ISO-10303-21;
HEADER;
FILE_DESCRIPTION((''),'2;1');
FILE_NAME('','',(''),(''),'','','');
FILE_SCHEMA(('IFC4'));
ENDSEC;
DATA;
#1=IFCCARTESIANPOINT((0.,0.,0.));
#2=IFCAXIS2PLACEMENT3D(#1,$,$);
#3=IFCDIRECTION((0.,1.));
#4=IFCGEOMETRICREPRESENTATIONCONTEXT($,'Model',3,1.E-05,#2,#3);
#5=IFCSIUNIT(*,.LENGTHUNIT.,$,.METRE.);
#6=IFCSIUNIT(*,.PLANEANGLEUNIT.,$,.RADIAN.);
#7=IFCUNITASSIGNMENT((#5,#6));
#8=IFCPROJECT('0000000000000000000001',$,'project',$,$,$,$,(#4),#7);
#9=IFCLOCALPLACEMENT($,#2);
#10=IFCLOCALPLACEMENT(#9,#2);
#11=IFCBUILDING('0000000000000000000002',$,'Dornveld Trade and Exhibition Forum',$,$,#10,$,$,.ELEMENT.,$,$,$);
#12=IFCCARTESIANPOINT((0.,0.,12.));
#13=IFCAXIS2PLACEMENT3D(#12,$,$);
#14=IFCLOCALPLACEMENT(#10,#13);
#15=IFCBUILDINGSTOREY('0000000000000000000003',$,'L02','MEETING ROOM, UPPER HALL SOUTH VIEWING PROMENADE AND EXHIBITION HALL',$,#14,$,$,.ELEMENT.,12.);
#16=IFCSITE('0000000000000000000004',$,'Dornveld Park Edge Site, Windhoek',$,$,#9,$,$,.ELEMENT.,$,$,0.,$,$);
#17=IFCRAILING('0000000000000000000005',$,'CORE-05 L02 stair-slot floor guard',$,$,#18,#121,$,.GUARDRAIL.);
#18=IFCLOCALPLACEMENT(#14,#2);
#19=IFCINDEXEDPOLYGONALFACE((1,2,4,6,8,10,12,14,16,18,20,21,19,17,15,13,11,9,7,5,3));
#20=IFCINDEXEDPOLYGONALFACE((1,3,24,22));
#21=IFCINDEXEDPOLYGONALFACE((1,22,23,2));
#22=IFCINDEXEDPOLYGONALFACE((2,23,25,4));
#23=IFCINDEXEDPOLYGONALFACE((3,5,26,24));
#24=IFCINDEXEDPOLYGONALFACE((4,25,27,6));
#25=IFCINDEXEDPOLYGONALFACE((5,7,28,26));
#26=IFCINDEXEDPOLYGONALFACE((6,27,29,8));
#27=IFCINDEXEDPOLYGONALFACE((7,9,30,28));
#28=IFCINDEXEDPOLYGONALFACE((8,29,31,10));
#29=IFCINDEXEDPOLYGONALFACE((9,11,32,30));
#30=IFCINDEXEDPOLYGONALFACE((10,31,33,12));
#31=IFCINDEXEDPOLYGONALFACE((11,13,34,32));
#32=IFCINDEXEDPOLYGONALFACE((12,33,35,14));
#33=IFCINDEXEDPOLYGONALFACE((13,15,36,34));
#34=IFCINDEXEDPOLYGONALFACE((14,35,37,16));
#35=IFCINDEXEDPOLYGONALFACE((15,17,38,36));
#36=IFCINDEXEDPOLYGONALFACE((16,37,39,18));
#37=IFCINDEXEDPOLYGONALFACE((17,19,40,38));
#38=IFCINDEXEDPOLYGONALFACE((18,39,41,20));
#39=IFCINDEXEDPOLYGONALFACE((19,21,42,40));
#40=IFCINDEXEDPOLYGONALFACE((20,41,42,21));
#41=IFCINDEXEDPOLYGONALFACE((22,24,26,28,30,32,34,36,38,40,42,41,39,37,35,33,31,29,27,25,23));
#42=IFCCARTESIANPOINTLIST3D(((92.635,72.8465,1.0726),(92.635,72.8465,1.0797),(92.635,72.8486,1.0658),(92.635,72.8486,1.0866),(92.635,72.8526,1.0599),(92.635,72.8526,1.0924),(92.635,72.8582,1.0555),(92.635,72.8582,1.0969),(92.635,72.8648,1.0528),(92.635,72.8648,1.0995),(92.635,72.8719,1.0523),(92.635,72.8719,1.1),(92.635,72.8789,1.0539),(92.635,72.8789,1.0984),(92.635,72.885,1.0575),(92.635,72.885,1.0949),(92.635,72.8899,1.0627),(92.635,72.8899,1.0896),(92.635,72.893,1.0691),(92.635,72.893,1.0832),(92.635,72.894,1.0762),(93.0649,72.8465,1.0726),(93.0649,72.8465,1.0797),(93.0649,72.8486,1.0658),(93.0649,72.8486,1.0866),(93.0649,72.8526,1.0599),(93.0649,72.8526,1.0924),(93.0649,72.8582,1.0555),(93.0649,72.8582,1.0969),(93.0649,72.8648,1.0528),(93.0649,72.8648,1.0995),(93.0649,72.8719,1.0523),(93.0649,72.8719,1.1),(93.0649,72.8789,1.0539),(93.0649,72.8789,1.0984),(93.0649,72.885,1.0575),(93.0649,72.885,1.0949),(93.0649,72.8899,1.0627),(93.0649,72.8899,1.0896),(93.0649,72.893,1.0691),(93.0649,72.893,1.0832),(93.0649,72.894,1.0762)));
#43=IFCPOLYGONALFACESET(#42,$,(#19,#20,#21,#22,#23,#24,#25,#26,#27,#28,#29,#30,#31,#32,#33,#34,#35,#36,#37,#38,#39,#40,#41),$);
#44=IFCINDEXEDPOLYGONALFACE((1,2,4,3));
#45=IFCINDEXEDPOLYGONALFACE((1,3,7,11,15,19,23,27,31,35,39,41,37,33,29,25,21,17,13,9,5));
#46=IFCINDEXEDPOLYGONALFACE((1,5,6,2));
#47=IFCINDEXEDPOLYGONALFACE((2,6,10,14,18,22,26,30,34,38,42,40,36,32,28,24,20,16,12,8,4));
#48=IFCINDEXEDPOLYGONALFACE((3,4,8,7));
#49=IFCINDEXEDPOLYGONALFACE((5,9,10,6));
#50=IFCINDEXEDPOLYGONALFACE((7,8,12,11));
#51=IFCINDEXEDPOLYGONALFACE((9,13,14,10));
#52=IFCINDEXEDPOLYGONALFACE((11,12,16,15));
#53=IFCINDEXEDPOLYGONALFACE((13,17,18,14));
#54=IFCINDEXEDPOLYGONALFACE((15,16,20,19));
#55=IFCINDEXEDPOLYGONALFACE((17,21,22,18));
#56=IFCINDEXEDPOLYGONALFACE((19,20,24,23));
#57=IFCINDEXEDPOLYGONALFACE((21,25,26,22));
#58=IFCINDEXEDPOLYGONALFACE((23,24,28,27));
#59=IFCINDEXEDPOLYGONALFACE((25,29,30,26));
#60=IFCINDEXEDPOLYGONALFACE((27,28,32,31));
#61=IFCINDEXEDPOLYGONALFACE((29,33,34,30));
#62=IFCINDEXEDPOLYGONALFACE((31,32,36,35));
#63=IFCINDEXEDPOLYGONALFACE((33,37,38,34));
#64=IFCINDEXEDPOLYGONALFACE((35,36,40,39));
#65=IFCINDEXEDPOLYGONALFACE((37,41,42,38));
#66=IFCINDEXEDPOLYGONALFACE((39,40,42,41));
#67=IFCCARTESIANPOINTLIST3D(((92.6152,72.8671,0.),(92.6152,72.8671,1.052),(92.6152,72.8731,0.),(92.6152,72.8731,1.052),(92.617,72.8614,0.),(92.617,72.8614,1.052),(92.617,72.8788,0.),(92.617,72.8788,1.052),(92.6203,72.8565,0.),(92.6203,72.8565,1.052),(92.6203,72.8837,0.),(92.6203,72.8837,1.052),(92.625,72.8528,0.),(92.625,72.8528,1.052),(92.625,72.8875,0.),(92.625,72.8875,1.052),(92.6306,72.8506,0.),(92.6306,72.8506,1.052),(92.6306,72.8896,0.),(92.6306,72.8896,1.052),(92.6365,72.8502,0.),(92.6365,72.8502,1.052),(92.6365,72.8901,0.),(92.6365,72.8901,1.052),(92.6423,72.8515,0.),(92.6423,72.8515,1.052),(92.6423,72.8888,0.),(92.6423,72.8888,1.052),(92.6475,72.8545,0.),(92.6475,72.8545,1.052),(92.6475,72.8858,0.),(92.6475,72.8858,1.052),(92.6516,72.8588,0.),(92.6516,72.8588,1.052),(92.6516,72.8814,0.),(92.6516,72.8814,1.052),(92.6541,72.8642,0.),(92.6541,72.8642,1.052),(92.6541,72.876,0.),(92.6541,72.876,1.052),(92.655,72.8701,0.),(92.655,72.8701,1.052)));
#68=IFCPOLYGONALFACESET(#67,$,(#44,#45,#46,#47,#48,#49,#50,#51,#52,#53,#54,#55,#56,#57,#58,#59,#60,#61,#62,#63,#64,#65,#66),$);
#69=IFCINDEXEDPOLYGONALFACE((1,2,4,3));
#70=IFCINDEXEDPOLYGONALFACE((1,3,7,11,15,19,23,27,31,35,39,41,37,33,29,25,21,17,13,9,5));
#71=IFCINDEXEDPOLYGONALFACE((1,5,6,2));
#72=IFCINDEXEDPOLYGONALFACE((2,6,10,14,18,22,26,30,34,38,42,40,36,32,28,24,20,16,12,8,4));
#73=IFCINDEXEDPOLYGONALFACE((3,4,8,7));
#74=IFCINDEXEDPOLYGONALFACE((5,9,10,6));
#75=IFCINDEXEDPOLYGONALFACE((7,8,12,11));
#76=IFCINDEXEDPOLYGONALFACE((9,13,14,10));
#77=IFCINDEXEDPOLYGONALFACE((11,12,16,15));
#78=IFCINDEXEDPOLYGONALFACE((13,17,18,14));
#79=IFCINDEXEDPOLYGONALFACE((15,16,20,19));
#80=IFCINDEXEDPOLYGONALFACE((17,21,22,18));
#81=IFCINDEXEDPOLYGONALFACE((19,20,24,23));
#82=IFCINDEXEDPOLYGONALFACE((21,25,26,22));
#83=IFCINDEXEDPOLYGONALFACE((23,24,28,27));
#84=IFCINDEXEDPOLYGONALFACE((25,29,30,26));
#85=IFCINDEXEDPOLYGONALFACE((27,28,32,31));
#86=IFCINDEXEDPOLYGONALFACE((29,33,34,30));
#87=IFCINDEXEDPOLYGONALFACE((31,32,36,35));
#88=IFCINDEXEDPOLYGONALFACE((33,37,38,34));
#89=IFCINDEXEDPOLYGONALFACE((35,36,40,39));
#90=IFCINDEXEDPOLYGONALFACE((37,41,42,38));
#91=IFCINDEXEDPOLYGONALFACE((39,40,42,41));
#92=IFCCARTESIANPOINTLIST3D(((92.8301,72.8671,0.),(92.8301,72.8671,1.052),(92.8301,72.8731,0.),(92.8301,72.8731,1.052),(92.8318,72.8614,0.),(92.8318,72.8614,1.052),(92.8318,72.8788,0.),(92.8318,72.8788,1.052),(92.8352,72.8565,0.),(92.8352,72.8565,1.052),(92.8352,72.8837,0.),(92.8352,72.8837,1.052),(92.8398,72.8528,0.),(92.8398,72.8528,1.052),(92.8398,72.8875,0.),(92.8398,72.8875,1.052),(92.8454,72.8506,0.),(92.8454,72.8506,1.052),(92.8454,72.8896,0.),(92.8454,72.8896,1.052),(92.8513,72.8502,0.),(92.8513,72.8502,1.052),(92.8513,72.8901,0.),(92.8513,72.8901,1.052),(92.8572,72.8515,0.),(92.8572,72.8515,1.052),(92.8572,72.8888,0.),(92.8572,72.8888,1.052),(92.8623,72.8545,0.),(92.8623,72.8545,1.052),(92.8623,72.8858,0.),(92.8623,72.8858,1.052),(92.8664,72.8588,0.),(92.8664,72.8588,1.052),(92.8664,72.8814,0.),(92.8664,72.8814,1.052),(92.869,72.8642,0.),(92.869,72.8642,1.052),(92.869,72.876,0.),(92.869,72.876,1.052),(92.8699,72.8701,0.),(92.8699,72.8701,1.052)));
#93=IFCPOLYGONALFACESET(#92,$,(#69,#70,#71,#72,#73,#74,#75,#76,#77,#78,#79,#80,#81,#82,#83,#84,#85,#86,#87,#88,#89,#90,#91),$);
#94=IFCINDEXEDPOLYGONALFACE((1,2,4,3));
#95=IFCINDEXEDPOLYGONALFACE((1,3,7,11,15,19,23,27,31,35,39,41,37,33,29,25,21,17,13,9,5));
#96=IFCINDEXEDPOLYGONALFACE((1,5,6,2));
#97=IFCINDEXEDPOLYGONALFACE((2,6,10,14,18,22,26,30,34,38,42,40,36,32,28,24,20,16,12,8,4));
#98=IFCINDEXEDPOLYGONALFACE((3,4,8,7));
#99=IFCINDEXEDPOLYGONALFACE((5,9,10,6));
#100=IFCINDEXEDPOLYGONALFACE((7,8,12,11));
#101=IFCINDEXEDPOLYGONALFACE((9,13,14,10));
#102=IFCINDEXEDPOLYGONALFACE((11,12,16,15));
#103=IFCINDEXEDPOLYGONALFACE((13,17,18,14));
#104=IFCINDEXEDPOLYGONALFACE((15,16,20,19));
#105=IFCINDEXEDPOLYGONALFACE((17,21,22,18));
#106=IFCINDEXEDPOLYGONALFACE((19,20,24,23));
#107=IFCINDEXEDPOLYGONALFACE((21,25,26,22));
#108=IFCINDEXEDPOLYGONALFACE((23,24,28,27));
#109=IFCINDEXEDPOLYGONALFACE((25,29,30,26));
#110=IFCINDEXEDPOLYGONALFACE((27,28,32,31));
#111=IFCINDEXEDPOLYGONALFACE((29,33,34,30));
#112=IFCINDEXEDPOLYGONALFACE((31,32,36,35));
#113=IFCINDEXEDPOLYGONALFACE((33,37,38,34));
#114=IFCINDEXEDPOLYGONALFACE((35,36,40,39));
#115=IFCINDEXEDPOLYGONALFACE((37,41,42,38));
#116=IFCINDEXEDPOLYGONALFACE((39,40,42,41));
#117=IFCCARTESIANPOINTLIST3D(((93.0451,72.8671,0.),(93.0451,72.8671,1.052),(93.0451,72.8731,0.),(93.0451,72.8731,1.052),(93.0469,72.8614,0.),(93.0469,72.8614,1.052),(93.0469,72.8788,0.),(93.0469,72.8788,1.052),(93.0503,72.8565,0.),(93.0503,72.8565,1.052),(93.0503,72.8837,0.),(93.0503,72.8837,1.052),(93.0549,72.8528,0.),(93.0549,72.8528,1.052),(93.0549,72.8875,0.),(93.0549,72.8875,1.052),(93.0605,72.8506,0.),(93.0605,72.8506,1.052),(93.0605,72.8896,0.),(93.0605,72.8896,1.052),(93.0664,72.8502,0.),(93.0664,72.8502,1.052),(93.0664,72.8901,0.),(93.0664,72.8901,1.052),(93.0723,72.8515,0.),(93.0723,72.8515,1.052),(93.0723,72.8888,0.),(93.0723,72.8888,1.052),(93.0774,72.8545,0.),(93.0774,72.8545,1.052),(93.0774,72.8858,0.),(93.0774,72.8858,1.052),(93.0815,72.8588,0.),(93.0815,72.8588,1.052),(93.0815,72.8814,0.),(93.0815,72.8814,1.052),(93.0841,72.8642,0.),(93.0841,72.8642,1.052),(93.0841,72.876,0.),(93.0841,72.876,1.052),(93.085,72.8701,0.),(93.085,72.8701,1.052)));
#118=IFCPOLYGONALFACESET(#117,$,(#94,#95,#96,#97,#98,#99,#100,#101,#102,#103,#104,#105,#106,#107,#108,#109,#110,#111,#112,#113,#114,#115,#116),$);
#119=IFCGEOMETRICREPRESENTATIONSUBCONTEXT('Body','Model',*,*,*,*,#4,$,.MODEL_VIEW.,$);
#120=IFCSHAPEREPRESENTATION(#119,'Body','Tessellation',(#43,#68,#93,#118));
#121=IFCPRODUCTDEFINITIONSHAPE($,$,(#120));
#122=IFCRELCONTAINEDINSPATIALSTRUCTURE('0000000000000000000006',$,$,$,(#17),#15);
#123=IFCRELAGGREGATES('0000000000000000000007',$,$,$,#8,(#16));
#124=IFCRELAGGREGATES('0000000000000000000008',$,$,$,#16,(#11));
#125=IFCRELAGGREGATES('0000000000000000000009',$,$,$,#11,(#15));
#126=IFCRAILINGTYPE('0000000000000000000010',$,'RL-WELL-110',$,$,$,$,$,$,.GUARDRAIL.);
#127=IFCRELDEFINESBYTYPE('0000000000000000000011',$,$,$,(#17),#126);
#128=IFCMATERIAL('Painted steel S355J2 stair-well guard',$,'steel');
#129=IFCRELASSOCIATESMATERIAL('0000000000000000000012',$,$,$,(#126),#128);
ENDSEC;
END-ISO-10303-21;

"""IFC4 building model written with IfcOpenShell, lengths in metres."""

from ifc_helpers import new_model, si_unit, direction, frame, origin, origin_2d, place, context, subcontext, project, spatial, circle, extrude, material, type_object, element, save


model = new_model("IFC4")

# Units and contexts
model_context = context("Model", 3, precision=1e-05, world=origin(), true_north=direction((0.0, 1.0)))
body_context = subcontext(model_context, "Body", "Model", "MODEL_VIEW")
ifc_project = project(units=[si_unit("LENGTHUNIT", "METRE"), si_unit("PLANEANGLEUNIT", "RADIAN")], contexts=[model_context])

# Site, building, storey
site_placement = place(None, origin())
site = spatial("IfcSite", under=ifc_project, at=site_placement, Name="Dornveld Park Edge Site, Windhoek", CompositionType="ELEMENT", RefElevation=0.0)
building_placement = place(site_placement, origin())
building = spatial("IfcBuilding", under=site, at=building_placement, Name="Dornveld Trade and Exhibition Forum", CompositionType="ELEMENT")
storey_placement = place(building_placement, frame((0.0, 0.0, 12.0)))
storey = spatial("IfcBuildingStorey", under=building, at=storey_placement, Name="L02", Description="MEETING ROOM, UPPER HALL SOUTH VIEWING PROMENADE AND EXHIBITION HALL", CompositionType="ELEMENT", Elevation=12.0)

# Railing
ifc_material_1 = material(Name="Painted steel S355J2 stair-well guard", Category="steel")
railing_type_1 = type_object("IfcRailingType", Name="RL-WELL-110", PredefinedType="GUARDRAIL", material=ifc_material_1)
railing_1_placement = place(storey_placement, frame((92.635, 72.8701, 0.0)))
element("IfcRailing", 1, at=railing_1_placement, inside=storey, type_object=railing_type_1, Name="CORE-05 L02 stair-slot floor guard", PredefinedType="GUARDRAIL", context=body_context, shape_type="SweptSolid", body=[
    extrude(circle(Radius=0.0239, at=origin_2d()), frame((0.0, 0.0, 1.0762), z_axis=(1.0, 0.0, 0.0), x_axis=(0.0, 1.0, 0.0)), (0.0, 0.0, 1.0), 0.4299),
    extrude(circle(Radius=0.02, at=origin_2d()), origin(), (0.0, 0.0, 1.0), 1.052),
    extrude(circle(Radius=0.02, at=origin_2d()), frame((0.2148, 0.0, 0.0)), (0.0, 0.0, 1.0), 1.052),
    extrude(circle(Radius=0.02, at=origin_2d()), frame((0.4299, 0.0, 0.0)), (0.0, 0.0, 1.0), 1.052),
])

save(model, "model.ifc")
